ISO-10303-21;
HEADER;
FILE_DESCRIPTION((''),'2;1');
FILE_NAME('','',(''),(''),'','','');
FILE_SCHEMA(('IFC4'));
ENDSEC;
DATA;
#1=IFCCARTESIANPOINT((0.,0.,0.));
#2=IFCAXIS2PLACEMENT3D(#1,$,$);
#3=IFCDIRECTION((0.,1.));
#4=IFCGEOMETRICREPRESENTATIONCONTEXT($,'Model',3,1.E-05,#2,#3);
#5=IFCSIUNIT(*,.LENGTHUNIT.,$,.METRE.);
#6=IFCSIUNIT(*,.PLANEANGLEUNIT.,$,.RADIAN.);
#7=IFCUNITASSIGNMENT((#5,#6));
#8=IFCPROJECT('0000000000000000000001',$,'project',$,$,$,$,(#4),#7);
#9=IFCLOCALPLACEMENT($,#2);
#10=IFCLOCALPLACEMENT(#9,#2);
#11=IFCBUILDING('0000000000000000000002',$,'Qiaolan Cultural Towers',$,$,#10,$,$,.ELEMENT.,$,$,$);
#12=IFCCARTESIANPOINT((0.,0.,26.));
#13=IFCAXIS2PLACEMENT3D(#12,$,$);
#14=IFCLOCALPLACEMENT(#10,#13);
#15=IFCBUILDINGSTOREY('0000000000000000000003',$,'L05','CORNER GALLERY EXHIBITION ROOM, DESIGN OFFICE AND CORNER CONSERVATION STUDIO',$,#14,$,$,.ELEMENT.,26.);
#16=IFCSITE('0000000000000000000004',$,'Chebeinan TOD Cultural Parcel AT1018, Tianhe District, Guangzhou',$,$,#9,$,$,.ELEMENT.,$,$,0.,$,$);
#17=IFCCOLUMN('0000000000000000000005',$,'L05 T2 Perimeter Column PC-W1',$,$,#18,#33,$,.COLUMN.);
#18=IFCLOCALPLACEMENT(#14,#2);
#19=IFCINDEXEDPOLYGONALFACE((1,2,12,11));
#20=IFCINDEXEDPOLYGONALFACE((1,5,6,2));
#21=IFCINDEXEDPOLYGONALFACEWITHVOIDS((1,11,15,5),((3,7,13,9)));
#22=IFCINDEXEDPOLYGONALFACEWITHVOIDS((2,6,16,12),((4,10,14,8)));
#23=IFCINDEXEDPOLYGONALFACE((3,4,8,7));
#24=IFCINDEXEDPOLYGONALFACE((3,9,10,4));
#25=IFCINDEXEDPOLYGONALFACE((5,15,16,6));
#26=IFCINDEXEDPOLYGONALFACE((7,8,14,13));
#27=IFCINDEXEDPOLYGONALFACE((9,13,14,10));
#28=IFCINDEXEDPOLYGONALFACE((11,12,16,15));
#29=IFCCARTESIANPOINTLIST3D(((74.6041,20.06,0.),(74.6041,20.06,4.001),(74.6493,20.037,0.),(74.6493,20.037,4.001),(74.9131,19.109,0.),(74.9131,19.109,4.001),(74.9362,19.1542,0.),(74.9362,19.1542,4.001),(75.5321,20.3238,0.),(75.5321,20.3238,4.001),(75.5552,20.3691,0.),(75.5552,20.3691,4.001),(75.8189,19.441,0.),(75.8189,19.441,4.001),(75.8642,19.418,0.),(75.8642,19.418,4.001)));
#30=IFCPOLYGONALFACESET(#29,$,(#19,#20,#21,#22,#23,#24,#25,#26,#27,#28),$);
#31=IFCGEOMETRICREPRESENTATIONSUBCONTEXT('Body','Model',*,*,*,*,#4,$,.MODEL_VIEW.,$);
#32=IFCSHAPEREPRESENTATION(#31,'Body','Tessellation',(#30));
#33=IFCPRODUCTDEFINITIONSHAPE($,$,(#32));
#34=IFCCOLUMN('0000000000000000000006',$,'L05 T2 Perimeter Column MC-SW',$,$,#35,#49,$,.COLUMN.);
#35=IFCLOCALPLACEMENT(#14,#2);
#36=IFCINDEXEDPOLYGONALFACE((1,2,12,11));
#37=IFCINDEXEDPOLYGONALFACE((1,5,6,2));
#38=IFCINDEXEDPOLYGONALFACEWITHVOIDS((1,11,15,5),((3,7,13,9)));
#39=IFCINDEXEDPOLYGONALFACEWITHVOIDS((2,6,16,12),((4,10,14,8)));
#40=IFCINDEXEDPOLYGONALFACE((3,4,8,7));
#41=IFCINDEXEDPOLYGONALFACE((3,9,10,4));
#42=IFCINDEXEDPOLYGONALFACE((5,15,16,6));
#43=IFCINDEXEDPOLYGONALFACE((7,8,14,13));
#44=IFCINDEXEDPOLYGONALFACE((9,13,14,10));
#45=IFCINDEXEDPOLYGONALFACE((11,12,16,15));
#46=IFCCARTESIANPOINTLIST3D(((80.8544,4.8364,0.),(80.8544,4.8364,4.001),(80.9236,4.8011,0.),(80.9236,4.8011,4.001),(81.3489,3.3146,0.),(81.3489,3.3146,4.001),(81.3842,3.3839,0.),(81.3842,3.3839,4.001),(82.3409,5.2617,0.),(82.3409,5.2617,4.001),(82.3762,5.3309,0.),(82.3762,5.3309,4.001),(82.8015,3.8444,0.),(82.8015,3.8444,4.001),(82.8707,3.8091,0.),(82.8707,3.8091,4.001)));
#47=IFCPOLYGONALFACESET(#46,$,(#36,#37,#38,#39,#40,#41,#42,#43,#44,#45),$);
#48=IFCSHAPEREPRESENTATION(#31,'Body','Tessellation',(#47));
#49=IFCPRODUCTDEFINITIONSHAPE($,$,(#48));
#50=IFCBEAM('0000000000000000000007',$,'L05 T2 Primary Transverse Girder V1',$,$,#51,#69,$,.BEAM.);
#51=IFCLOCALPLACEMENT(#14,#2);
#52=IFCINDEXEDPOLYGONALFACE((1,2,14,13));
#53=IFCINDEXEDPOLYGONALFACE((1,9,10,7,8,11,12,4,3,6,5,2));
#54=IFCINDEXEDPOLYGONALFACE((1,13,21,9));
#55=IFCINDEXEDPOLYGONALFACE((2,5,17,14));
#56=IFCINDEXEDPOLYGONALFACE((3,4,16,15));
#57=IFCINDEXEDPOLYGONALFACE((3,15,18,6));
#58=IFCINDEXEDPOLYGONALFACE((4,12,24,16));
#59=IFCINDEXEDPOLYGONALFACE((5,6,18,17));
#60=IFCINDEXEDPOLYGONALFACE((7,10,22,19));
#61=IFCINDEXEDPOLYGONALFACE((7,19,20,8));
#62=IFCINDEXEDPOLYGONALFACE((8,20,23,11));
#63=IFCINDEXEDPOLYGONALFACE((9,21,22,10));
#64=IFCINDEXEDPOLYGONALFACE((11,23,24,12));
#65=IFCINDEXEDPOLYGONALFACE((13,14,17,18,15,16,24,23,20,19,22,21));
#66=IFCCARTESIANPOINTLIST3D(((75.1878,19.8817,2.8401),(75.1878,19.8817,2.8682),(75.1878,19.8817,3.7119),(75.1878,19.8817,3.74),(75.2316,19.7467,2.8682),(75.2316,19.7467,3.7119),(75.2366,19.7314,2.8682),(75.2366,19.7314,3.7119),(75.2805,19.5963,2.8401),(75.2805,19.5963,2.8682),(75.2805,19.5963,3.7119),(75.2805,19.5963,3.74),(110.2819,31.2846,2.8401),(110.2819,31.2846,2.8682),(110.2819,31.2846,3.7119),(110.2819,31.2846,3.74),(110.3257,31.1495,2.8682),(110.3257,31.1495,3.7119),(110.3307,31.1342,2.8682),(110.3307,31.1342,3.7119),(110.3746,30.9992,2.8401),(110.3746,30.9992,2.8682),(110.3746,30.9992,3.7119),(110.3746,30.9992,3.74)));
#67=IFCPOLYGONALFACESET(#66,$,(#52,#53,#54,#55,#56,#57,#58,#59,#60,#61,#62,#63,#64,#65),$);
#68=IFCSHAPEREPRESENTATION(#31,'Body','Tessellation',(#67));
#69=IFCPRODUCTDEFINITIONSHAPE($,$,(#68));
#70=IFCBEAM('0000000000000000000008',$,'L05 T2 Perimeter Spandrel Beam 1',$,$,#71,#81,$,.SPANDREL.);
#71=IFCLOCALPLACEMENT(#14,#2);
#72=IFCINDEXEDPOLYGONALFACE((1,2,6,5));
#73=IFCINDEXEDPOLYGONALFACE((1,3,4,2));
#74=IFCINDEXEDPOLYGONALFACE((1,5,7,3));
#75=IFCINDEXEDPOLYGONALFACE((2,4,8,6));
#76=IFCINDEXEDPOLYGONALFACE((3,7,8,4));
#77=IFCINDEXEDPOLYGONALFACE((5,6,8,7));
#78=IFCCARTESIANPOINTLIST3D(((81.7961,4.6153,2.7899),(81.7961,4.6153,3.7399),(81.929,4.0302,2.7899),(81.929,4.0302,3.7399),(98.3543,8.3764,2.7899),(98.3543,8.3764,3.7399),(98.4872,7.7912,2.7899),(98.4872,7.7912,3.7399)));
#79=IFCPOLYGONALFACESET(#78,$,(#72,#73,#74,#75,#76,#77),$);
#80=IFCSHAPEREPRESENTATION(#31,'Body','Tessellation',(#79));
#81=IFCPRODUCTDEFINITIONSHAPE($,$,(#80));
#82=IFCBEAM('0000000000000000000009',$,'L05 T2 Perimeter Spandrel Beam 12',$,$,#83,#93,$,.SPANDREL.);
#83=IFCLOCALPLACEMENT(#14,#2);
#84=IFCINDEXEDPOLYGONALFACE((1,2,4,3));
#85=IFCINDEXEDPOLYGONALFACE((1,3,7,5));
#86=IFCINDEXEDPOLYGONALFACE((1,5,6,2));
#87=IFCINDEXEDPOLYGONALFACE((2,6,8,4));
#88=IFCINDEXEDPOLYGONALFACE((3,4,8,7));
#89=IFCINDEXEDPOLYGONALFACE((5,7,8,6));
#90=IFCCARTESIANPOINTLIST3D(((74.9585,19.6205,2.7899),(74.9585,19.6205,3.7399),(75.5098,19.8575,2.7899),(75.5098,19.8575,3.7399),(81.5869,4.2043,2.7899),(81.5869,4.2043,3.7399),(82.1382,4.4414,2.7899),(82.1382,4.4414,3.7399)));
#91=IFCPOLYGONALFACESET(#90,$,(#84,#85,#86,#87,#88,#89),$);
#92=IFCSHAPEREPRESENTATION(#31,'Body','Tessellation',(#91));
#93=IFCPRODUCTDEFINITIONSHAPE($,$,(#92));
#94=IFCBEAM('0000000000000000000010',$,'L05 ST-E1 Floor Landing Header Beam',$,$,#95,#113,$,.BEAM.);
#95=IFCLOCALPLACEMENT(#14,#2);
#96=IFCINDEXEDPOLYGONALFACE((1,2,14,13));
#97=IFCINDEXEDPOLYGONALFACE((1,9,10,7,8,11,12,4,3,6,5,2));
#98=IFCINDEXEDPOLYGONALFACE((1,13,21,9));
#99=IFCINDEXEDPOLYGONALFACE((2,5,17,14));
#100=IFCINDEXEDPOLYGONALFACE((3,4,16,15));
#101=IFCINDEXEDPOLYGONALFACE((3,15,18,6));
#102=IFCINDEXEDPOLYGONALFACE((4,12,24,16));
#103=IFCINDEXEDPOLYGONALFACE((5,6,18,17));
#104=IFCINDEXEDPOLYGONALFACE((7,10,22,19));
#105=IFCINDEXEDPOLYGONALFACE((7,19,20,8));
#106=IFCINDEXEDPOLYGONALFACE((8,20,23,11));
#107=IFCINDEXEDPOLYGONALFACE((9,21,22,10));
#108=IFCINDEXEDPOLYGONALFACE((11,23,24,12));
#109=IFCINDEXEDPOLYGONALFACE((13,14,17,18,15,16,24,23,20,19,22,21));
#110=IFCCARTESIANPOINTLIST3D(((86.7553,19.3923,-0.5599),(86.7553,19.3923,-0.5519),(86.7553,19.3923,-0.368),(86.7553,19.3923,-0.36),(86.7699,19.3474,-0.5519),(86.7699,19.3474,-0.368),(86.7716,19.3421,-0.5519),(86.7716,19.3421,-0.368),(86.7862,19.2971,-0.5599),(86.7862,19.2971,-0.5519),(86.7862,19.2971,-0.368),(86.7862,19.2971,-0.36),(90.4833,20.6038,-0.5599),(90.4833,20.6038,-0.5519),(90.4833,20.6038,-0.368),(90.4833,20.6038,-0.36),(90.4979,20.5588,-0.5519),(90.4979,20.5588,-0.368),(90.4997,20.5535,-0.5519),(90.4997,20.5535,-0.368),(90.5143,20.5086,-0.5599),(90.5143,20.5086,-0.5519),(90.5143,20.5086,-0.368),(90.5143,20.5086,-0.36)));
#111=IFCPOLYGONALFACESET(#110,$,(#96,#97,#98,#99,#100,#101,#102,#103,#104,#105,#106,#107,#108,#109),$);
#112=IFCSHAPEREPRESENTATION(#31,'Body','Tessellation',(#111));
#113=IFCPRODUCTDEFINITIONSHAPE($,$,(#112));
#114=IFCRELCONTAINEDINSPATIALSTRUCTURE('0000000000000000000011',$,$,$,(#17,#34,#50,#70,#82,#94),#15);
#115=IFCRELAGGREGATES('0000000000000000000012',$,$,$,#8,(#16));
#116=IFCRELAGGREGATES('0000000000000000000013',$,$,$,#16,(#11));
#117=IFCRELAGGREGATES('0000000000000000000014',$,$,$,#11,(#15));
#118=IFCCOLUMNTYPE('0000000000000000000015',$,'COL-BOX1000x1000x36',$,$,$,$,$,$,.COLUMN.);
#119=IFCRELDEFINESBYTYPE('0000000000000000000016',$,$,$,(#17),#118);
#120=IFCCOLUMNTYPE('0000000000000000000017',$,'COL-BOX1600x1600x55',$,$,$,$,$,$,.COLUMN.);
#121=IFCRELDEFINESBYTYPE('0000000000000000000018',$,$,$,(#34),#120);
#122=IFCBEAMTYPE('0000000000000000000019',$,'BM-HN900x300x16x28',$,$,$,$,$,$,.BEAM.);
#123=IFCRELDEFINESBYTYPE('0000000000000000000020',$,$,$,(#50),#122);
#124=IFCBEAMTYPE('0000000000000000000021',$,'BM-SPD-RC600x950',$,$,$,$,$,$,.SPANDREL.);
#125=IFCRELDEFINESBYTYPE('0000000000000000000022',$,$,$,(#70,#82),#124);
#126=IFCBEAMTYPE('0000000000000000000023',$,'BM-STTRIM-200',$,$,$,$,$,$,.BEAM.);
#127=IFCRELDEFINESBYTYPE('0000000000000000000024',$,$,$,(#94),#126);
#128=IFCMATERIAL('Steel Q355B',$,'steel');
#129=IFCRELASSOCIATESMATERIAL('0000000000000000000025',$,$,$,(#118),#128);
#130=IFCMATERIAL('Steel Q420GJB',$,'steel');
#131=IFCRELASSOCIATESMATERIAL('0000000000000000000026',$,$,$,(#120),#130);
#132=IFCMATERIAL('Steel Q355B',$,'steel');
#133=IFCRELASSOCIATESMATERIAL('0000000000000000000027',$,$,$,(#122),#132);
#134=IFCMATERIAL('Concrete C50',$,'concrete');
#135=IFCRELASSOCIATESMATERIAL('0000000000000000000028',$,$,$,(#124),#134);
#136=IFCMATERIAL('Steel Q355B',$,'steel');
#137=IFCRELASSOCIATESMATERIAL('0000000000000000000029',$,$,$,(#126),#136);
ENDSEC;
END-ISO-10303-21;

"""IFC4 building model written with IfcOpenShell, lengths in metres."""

from ifc_helpers import new_model, si_unit, direction, frame, origin, origin_2d, place, context, subcontext, project, spatial, rectangle, hollow_rectangle, i_section, extrude, material, material_profile, profile_set, type_object, element, save


model = new_model("IFC4")

# Units and contexts
model_context = context("Model", 3, precision=1e-05, world=origin(), true_north=direction((0.0, 1.0)))
body_context = subcontext(model_context, "Body", "Model", "MODEL_VIEW")
ifc_project = project(units=[si_unit("LENGTHUNIT", "METRE"), si_unit("PLANEANGLEUNIT", "RADIAN")], contexts=[model_context])

# Site, building, storey
site_placement = place(None, origin())
site = spatial("IfcSite", under=ifc_project, at=site_placement, Name="Chebeinan TOD Cultural Parcel AT1018, Tianhe District, Guangzhou", CompositionType="ELEMENT", RefElevation=0.0)
building_placement = place(site_placement, origin())
building = spatial("IfcBuilding", under=site, at=building_placement, Name="Qiaolan Cultural Towers", CompositionType="ELEMENT")
storey_placement = place(building_placement, frame((0.0, 0.0, 26.0)))
storey = spatial("IfcBuildingStorey", under=building, at=storey_placement, Name="L05", Description="CORNER GALLERY EXHIBITION ROOM, DESIGN OFFICE AND CORNER CONSERVATION STUDIO", CompositionType="ELEMENT", Elevation=26.0)

# Columns
ifc_material_1 = material(Name="Steel Q355B", Category="steel")
ifc_material_profile_1 = material_profile(ifc_material_1, hollow_rectangle(XDim=1.0, YDim=1.0, WallThickness=0.0359, at=origin_2d()), Name="BOX1000x1000x36")
ifc_profile_set_1 = profile_set([ifc_material_profile_1], Name="Steel Q355B")
column_type_1 = type_object("IfcColumnType", Name="COL-BOX1000x1000x36", PredefinedType="COLUMN", material=ifc_profile_set_1)
column_1_placement = place(storey_placement, frame((75.2341, 19.739, 0.0), z_axis=(0.0, 0.0, 1.0), x_axis=(0.951057, 0.309017, 0.0)))
element("IfcColumn", 1, at=column_1_placement, inside=storey, type_object=column_type_1, Name="L05 T2 Perimeter Column PC-W1", PredefinedType="COLUMN", context=body_context, shape_type="SweptSolid", body=[
    extrude(hollow_rectangle(XDim=1.0, YDim=1.0, WallThickness=0.0359, at=origin_2d()), origin(), (0.0, 0.0, 1.0), 4.001),
])
ifc_material_2 = material(Name="Steel Q420GJB", Category="steel")
ifc_material_profile_2 = material_profile(ifc_material_2, hollow_rectangle(XDim=1.6001, YDim=1.6001, WallThickness=0.0549, at=origin_2d()), Name="BOX1600x1600x55")
ifc_profile_set_2 = profile_set([ifc_material_profile_2], Name="Steel Q420GJB")
column_type_2 = type_object("IfcColumnType", Name="COL-BOX1600x1600x55", PredefinedType="COLUMN", material=ifc_profile_set_2)
column_2_placement = place(storey_placement, frame((81.8625, 4.3228, 0.0), z_axis=(0.0, 0.0, 1.0), x_axis=(0.951057, 0.309017, 0.0)))
element("IfcColumn", 2, at=column_2_placement, inside=storey, type_object=column_type_2, Name="L05 T2 Perimeter Column MC-SW", PredefinedType="COLUMN", context=body_context, shape_type="SweptSolid", body=[
    extrude(hollow_rectangle(XDim=1.6001, YDim=1.6001, WallThickness=0.0549, at=origin_2d()), origin(), (0.0, 0.0, 1.0), 4.001),
])

# Beams
ifc_material_3 = material(Name="Steel Q355B", Category="steel")
ifc_material_profile_3 = material_profile(ifc_material_3, i_section(OverallWidth=0.3, OverallDepth=0.8999, WebThickness=0.0161, FlangeThickness=0.0281, at=origin_2d()), Name="HN900x300x16x28")
ifc_profile_set_3 = profile_set([ifc_material_profile_3], Name="Steel Q355B")
beam_type_1 = type_object("IfcBeamType", Name="BM-HN900x300x16x28", PredefinedType="BEAM", material=ifc_profile_set_3)
beam_1_placement = place(storey_placement, frame((75.2341, 19.739, 3.29), z_axis=(0.951056, 0.309019, 0.0), x_axis=(-0.309019, 0.951056, 0.0)))
element("IfcBeam", 3, at=beam_1_placement, inside=storey, type_object=beam_type_1, Name="L05 T2 Primary Transverse Girder V1", PredefinedType="BEAM", context=body_context, shape_type="SweptSolid", body=[
    extrude(i_section(OverallWidth=0.3, OverallDepth=0.8999, WebThickness=0.0161, FlangeThickness=0.0281, at=origin_2d()), origin(), (0.0, 0.0, 1.0), 36.9001),
])
ifc_material_4 = material(Name="Concrete C50", Category="concrete")
ifc_material_profile_4 = material_profile(ifc_material_4, rectangle(XDim=0.6001, YDim=0.95, at=origin_2d()), Name="RC600x950")
ifc_profile_set_4 = profile_set([ifc_material_profile_4], Name="Concrete C50")
beam_type_2 = type_object("IfcBeamType", Name="BM-SPD-RC600x950", PredefinedType="SPANDREL", material=ifc_profile_set_4)
beam_2_placement = place(storey_placement, frame((81.8625, 4.3228, 3.2649), z_axis=(0.975161, 0.221497, 0.0), x_axis=(-0.221497, 0.975161, 0.0)))
element("IfcBeam", 4, at=beam_2_placement, inside=storey, type_object=beam_type_2, Name="L05 T2 Perimeter Spandrel Beam 1", PredefinedType="SPANDREL", context=body_context, shape_type="SweptSolid", body=[
    extrude(rectangle(XDim=0.6001, YDim=0.95, at=origin_2d()), origin(), (0.0, 0.0, 1.0), 16.98),
])
beam_3_placement = place(storey_placement, frame((75.2341, 19.739, 3.2649), z_axis=(0.394999, -0.918682, 0.0), x_axis=(0.918682, 0.394999, 0.0)))
element("IfcBeam", 5, at=beam_3_placement, inside=storey, type_object=beam_type_2, Name="L05 T2 Perimeter Spandrel Beam 12", PredefinedType="SPANDREL", context=body_context, shape_type="SweptSolid", body=[
    extrude(rectangle(XDim=0.6001, YDim=0.95, at=origin_2d()), origin(), (0.0, 0.0, 1.0), 16.7808),
])
ifc_material_5 = material(Name="Steel Q355B", Category="steel")
ifc_material_profile_5 = material_profile(ifc_material_5, i_section(OverallWidth=0.1001, OverallDepth=0.2, WebThickness=0.0056, FlangeThickness=0.0081, at=origin_2d()), Name="HN200x100x5.5x8")
ifc_profile_set_5 = profile_set([ifc_material_profile_5], Name="Steel Q355B")
beam_type_3 = type_object("IfcBeamType", Name="BM-STTRIM-200", PredefinedType="BEAM", material=ifc_profile_set_5)
beam_4_placement = place(storey_placement, frame((86.7708, 19.3447, -0.46), z_axis=(0.951048, 0.309044, 0.0), x_axis=(-0.309044, 0.951048, 0.0)))
element("IfcBeam", 6, at=beam_4_placement, inside=storey, type_object=beam_type_3, Name="L05 ST-E1 Floor Landing Header Beam", PredefinedType="BEAM", context=body_context, shape_type="SweptSolid", body=[
    extrude(i_section(OverallWidth=0.1001, OverallDepth=0.2, WebThickness=0.0056, FlangeThickness=0.0081, at=origin_2d()), origin(), (0.0, 0.0, 1.0), 3.9199),
])

save(model, "model.ifc")
